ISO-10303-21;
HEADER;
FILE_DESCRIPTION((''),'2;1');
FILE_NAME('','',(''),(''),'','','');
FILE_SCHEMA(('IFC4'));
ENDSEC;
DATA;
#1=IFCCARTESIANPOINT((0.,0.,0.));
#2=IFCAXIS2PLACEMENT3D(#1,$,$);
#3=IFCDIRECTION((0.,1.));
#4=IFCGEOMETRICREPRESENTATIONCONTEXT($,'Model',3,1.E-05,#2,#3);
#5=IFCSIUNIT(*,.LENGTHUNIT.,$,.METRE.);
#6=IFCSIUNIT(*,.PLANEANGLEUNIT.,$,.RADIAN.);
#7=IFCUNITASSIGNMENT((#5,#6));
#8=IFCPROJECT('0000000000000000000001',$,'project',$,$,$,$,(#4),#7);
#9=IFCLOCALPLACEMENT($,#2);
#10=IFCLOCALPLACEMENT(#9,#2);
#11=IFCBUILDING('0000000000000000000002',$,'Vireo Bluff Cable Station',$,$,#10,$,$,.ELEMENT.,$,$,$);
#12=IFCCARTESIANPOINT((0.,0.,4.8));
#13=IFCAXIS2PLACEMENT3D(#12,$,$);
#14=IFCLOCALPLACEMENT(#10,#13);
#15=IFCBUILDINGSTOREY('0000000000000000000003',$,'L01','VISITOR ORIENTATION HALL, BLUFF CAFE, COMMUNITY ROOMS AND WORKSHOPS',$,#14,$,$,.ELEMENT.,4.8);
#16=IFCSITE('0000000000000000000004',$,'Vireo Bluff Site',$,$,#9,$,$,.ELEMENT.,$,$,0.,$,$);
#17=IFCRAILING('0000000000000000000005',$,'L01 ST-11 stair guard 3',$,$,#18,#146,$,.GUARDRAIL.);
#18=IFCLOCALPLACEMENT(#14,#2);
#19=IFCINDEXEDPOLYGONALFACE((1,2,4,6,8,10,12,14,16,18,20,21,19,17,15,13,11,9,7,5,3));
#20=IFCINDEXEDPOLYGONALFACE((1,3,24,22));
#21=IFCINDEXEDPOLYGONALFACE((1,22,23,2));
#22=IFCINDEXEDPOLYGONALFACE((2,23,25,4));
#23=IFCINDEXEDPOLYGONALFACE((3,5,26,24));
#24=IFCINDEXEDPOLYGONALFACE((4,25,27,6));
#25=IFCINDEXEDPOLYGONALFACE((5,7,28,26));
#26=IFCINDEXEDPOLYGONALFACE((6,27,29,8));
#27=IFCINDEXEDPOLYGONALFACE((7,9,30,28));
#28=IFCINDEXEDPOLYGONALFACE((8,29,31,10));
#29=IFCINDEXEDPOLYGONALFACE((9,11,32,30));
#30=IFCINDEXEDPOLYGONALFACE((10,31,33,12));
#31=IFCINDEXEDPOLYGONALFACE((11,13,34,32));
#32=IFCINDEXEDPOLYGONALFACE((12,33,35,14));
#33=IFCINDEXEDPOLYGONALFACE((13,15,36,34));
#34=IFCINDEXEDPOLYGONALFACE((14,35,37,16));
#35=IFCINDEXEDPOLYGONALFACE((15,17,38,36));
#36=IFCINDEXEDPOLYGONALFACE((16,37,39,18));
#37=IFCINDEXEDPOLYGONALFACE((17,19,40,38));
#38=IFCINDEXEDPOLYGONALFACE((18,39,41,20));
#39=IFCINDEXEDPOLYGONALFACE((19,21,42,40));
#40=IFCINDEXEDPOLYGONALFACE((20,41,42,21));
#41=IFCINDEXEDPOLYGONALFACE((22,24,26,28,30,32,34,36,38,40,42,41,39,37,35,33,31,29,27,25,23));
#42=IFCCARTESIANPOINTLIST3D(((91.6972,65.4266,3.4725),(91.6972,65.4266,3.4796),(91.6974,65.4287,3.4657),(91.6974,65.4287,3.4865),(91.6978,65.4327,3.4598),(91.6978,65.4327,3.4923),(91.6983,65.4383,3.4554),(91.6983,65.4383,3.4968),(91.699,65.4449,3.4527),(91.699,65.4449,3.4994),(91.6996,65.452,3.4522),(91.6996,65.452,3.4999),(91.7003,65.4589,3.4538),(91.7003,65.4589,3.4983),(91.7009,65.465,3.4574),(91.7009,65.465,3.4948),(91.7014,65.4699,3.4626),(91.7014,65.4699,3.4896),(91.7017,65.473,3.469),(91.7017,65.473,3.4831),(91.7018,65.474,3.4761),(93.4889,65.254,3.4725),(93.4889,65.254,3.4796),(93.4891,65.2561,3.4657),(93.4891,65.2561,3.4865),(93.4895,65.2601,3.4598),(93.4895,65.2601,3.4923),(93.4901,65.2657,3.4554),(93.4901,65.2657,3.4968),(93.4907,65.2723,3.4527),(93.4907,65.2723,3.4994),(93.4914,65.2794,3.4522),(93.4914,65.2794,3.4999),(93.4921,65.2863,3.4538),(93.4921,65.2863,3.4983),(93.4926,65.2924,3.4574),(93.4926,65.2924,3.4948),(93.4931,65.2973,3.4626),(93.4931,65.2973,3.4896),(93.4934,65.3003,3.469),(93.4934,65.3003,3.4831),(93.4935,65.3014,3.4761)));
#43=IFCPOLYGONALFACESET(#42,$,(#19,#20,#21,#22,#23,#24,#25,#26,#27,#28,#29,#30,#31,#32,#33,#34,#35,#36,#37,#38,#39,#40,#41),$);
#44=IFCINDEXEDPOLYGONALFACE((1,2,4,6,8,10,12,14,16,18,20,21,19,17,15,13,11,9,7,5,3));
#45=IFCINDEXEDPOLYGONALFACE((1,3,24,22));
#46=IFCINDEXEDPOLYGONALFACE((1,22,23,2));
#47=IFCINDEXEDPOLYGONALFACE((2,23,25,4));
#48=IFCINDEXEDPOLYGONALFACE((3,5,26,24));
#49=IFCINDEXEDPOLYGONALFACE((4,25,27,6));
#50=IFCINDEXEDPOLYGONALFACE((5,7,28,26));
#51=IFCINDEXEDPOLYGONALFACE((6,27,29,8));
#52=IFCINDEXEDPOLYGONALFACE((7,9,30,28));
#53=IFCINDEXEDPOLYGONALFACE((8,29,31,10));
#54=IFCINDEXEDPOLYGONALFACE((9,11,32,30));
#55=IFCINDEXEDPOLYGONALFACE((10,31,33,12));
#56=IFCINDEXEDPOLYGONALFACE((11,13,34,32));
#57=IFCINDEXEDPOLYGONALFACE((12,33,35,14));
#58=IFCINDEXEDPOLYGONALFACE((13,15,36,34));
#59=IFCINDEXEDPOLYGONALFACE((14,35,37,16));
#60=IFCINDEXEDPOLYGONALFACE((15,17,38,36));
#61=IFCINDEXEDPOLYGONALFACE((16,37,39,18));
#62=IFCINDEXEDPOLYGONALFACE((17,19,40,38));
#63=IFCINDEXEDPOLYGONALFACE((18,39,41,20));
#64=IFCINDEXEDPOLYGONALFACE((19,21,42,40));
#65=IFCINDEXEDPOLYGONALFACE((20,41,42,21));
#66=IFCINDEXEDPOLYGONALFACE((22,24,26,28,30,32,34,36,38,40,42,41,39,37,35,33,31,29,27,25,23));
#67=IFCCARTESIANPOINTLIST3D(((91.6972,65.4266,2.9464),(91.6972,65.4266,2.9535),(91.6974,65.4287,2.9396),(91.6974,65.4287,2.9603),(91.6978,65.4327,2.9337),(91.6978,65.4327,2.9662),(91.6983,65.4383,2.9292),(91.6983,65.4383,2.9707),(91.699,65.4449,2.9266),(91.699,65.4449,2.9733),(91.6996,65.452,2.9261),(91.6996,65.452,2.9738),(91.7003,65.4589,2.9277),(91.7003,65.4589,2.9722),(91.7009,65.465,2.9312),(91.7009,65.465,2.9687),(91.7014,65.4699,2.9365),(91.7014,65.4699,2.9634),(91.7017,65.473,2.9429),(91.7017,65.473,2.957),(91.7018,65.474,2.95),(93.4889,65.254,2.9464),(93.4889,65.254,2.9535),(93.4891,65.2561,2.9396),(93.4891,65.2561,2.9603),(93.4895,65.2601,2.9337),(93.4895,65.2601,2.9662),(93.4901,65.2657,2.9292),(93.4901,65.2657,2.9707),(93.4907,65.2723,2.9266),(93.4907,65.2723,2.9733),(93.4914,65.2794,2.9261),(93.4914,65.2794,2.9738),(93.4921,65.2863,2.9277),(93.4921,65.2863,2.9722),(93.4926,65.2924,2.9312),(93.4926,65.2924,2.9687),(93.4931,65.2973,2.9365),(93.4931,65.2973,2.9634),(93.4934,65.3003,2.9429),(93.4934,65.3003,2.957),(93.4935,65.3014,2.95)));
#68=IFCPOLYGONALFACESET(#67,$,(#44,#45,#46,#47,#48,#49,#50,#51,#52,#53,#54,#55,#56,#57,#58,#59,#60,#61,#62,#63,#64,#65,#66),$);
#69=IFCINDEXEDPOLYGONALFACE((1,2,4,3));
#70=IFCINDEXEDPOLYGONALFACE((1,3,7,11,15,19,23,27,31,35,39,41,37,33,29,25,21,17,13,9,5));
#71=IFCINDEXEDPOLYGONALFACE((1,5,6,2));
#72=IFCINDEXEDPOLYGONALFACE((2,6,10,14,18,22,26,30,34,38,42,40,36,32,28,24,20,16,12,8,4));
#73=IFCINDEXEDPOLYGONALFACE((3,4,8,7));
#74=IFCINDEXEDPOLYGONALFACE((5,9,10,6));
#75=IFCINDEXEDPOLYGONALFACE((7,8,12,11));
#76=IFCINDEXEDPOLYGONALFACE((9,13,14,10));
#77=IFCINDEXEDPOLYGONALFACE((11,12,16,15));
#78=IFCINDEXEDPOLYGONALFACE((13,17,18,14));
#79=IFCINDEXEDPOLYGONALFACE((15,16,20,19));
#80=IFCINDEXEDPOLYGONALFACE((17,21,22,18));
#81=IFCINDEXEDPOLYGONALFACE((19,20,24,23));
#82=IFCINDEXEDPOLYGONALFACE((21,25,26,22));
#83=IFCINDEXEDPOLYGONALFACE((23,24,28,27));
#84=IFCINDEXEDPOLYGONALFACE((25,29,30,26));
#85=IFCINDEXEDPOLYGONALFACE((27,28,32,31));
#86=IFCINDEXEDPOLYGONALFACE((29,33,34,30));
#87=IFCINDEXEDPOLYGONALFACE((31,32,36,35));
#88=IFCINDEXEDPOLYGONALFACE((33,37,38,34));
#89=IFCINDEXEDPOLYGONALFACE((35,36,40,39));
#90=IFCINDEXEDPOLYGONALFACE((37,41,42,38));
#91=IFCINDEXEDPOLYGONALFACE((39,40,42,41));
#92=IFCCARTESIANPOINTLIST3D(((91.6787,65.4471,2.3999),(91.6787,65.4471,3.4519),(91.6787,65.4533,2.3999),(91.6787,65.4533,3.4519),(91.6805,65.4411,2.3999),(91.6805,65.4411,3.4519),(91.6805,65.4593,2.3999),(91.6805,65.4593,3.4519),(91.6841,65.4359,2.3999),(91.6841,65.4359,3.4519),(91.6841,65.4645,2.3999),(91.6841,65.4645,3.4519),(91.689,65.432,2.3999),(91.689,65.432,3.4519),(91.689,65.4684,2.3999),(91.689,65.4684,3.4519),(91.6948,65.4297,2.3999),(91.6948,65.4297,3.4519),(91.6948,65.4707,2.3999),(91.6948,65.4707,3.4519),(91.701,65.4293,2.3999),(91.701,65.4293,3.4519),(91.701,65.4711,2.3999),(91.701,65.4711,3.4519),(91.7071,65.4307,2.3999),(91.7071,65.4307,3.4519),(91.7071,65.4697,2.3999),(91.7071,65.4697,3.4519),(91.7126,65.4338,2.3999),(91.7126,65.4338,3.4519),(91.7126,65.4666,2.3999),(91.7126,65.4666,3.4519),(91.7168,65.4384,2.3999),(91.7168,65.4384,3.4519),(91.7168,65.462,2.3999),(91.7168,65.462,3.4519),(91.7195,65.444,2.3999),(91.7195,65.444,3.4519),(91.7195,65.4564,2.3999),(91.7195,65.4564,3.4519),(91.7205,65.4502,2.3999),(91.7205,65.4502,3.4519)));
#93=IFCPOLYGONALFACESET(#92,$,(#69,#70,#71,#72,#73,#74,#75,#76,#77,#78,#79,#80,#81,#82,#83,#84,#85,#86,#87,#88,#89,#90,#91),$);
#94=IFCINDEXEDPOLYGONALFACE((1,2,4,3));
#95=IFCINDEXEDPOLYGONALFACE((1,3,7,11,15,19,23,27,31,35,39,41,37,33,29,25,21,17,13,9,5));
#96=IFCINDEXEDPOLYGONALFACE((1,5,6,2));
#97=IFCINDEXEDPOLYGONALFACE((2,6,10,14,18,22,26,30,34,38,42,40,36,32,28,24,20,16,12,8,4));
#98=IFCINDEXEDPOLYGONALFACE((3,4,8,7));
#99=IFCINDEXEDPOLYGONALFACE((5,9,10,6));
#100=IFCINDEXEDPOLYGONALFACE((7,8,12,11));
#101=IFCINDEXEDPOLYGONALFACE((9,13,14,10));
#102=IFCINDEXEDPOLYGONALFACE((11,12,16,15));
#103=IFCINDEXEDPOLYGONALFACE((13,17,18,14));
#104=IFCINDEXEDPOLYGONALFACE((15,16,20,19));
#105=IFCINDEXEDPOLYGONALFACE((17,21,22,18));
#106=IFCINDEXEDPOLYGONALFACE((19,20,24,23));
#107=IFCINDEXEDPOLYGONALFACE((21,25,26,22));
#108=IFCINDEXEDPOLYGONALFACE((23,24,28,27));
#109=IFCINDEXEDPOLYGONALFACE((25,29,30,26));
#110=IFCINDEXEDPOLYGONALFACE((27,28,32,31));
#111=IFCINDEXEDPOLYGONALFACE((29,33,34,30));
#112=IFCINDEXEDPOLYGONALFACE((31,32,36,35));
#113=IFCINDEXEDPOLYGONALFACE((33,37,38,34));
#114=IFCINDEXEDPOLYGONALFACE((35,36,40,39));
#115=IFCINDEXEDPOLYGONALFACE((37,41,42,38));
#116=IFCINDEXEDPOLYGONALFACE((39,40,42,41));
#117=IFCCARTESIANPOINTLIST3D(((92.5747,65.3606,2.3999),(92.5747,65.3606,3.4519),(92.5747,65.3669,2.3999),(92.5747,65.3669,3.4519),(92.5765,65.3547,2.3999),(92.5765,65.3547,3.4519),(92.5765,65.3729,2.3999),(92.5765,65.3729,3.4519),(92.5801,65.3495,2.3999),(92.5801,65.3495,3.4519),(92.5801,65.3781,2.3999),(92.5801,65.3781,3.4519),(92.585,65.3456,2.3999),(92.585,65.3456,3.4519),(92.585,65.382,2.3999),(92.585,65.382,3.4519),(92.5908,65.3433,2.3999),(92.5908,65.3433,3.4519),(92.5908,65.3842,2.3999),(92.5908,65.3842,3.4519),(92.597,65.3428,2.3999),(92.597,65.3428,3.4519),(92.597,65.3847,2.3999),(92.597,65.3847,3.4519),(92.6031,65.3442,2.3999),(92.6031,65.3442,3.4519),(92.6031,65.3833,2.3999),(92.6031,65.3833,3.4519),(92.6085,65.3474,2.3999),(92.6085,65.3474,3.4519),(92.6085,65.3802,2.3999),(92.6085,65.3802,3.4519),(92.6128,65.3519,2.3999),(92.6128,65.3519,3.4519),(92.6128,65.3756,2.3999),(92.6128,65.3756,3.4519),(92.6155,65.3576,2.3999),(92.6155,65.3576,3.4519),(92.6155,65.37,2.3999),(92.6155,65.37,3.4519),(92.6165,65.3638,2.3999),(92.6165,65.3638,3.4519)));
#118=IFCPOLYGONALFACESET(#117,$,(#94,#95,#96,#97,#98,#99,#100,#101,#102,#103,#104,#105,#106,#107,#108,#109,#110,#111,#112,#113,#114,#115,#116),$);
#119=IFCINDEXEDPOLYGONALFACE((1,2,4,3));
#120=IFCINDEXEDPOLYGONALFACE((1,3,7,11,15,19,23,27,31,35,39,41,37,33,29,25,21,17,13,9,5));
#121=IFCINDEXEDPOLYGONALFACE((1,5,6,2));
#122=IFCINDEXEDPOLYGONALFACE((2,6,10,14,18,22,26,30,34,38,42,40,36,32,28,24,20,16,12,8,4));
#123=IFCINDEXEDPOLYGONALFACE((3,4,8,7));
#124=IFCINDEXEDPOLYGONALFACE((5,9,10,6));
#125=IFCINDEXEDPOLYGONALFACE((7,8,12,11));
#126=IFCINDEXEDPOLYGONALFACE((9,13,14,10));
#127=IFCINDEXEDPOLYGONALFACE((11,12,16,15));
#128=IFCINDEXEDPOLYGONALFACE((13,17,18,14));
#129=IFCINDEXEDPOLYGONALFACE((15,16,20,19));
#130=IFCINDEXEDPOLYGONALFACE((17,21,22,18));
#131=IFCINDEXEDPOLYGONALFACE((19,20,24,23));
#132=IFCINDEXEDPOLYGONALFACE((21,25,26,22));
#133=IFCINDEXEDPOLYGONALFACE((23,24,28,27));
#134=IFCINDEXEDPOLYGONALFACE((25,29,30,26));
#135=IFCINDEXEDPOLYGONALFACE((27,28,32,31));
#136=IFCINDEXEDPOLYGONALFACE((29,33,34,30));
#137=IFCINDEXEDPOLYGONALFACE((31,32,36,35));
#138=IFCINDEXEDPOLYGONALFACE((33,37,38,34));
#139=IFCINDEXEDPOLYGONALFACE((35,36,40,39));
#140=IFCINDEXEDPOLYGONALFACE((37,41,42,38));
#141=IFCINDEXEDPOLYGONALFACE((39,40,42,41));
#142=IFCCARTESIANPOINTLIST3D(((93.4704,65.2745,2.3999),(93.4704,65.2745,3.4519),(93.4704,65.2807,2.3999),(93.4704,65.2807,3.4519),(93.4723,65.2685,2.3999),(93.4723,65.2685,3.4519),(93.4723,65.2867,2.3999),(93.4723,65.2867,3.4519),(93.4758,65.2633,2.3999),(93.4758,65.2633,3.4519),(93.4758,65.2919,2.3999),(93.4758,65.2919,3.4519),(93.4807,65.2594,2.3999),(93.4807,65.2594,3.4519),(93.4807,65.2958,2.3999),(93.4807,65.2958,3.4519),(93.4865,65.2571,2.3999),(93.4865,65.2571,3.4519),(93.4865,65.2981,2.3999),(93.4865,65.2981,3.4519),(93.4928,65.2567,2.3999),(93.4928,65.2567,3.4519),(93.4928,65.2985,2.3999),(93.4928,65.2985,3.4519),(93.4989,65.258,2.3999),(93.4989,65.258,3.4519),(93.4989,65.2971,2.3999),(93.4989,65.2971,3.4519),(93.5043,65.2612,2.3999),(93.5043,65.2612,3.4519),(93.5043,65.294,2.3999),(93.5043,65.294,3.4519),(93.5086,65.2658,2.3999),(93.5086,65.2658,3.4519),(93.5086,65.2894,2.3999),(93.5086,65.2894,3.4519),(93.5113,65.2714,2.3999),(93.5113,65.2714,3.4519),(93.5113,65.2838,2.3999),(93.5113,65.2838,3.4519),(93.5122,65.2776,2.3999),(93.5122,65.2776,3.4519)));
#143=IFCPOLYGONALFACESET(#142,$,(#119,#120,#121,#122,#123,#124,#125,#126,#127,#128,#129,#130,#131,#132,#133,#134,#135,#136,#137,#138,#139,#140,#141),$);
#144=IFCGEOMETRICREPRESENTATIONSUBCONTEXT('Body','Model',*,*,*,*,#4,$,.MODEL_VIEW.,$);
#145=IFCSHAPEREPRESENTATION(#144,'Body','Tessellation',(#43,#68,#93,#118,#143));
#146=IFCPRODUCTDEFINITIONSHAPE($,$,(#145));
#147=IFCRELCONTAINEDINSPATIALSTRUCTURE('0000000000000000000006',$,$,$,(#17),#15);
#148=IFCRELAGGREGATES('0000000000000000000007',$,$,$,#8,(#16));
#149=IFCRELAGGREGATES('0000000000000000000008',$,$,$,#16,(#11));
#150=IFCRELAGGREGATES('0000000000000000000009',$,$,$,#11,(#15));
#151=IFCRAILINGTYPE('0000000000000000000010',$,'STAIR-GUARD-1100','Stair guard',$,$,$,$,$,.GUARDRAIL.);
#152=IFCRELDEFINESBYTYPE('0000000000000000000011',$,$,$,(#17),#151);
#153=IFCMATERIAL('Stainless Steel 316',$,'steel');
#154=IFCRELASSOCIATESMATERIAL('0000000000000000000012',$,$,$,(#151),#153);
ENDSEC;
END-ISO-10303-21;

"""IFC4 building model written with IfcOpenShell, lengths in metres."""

from ifc_helpers import new_model, si_unit, direction, frame, origin, origin_2d, place, context, subcontext, project, spatial, circle, extrude, material, type_object, element, save


model = new_model("IFC4")

# Units and contexts
model_context = context("Model", 3, precision=1e-05, world=origin(), true_north=direction((0.0, 1.0)))
body_context = subcontext(model_context, "Body", "Model", "MODEL_VIEW")
ifc_project = project(units=[si_unit("LENGTHUNIT", "METRE"), si_unit("PLANEANGLEUNIT", "RADIAN")], contexts=[model_context])

# Site, building, storey
site_placement = place(None, origin())
site = spatial("IfcSite", under=ifc_project, at=site_placement, Name="Vireo Bluff Site", CompositionType="ELEMENT", RefElevation=0.0)
building_placement = place(site_placement, origin())
building = spatial("IfcBuilding", under=site, at=building_placement, Name="Vireo Bluff Cable Station", CompositionType="ELEMENT")
storey_placement = place(building_placement, frame((0.0, 0.0, 4.8)))
storey = spatial("IfcBuildingStorey", under=building, at=storey_placement, Name="L01", Description="VISITOR ORIENTATION HALL, BLUFF CAFE, COMMUNITY ROOMS AND WORKSHOPS", CompositionType="ELEMENT", Elevation=4.8)

# Railing
ifc_material_1 = material(Name="Stainless Steel 316", Category="steel")
railing_type = type_object("IfcRailingType", Name="STAIR-GUARD-1100", Description="Stair guard", PredefinedType="GUARDRAIL", material=ifc_material_1)
railing_placement = place(storey_placement, frame((91.6995, 65.4502, 2.3999)))
element("IfcRailing", 1, at=railing_placement, inside=storey, type_object=railing_type, Name="L01 ST-11 stair guard 3", PredefinedType="GUARDRAIL", context=body_context, shape_type="SweptSolid", body=[
    extrude(circle(Radius=0.0239, at=origin_2d()), frame((0.0, 0.0, 1.0762), z_axis=(0.995392, -0.095891, 0.0), x_axis=(0.095891, 0.995392, 0.0)), (0.0, 0.0, 1.0), 1.8),
    extrude(circle(Radius=0.0239, at=origin_2d()), frame((0.0, 0.0, 0.55), z_axis=(0.995392, -0.095891, 0.0), x_axis=(0.095891, 0.995392, 0.0)), (0.0, 0.0, 1.0), 1.8),
    extrude(circle(Radius=0.021, at=origin_2d()), origin(), (0.0, 0.0, 1.0), 1.052),
    extrude(circle(Radius=0.021, at=origin_2d()), frame((0.896, -0.0864, 0.0)), (0.0, 0.0, 1.0), 1.052),
    extrude(circle(Radius=0.021, at=origin_2d()), frame((1.7917, -0.1726, 0.0)), (0.0, 0.0, 1.0), 1.052),
])

save(model, "model.ifc")
